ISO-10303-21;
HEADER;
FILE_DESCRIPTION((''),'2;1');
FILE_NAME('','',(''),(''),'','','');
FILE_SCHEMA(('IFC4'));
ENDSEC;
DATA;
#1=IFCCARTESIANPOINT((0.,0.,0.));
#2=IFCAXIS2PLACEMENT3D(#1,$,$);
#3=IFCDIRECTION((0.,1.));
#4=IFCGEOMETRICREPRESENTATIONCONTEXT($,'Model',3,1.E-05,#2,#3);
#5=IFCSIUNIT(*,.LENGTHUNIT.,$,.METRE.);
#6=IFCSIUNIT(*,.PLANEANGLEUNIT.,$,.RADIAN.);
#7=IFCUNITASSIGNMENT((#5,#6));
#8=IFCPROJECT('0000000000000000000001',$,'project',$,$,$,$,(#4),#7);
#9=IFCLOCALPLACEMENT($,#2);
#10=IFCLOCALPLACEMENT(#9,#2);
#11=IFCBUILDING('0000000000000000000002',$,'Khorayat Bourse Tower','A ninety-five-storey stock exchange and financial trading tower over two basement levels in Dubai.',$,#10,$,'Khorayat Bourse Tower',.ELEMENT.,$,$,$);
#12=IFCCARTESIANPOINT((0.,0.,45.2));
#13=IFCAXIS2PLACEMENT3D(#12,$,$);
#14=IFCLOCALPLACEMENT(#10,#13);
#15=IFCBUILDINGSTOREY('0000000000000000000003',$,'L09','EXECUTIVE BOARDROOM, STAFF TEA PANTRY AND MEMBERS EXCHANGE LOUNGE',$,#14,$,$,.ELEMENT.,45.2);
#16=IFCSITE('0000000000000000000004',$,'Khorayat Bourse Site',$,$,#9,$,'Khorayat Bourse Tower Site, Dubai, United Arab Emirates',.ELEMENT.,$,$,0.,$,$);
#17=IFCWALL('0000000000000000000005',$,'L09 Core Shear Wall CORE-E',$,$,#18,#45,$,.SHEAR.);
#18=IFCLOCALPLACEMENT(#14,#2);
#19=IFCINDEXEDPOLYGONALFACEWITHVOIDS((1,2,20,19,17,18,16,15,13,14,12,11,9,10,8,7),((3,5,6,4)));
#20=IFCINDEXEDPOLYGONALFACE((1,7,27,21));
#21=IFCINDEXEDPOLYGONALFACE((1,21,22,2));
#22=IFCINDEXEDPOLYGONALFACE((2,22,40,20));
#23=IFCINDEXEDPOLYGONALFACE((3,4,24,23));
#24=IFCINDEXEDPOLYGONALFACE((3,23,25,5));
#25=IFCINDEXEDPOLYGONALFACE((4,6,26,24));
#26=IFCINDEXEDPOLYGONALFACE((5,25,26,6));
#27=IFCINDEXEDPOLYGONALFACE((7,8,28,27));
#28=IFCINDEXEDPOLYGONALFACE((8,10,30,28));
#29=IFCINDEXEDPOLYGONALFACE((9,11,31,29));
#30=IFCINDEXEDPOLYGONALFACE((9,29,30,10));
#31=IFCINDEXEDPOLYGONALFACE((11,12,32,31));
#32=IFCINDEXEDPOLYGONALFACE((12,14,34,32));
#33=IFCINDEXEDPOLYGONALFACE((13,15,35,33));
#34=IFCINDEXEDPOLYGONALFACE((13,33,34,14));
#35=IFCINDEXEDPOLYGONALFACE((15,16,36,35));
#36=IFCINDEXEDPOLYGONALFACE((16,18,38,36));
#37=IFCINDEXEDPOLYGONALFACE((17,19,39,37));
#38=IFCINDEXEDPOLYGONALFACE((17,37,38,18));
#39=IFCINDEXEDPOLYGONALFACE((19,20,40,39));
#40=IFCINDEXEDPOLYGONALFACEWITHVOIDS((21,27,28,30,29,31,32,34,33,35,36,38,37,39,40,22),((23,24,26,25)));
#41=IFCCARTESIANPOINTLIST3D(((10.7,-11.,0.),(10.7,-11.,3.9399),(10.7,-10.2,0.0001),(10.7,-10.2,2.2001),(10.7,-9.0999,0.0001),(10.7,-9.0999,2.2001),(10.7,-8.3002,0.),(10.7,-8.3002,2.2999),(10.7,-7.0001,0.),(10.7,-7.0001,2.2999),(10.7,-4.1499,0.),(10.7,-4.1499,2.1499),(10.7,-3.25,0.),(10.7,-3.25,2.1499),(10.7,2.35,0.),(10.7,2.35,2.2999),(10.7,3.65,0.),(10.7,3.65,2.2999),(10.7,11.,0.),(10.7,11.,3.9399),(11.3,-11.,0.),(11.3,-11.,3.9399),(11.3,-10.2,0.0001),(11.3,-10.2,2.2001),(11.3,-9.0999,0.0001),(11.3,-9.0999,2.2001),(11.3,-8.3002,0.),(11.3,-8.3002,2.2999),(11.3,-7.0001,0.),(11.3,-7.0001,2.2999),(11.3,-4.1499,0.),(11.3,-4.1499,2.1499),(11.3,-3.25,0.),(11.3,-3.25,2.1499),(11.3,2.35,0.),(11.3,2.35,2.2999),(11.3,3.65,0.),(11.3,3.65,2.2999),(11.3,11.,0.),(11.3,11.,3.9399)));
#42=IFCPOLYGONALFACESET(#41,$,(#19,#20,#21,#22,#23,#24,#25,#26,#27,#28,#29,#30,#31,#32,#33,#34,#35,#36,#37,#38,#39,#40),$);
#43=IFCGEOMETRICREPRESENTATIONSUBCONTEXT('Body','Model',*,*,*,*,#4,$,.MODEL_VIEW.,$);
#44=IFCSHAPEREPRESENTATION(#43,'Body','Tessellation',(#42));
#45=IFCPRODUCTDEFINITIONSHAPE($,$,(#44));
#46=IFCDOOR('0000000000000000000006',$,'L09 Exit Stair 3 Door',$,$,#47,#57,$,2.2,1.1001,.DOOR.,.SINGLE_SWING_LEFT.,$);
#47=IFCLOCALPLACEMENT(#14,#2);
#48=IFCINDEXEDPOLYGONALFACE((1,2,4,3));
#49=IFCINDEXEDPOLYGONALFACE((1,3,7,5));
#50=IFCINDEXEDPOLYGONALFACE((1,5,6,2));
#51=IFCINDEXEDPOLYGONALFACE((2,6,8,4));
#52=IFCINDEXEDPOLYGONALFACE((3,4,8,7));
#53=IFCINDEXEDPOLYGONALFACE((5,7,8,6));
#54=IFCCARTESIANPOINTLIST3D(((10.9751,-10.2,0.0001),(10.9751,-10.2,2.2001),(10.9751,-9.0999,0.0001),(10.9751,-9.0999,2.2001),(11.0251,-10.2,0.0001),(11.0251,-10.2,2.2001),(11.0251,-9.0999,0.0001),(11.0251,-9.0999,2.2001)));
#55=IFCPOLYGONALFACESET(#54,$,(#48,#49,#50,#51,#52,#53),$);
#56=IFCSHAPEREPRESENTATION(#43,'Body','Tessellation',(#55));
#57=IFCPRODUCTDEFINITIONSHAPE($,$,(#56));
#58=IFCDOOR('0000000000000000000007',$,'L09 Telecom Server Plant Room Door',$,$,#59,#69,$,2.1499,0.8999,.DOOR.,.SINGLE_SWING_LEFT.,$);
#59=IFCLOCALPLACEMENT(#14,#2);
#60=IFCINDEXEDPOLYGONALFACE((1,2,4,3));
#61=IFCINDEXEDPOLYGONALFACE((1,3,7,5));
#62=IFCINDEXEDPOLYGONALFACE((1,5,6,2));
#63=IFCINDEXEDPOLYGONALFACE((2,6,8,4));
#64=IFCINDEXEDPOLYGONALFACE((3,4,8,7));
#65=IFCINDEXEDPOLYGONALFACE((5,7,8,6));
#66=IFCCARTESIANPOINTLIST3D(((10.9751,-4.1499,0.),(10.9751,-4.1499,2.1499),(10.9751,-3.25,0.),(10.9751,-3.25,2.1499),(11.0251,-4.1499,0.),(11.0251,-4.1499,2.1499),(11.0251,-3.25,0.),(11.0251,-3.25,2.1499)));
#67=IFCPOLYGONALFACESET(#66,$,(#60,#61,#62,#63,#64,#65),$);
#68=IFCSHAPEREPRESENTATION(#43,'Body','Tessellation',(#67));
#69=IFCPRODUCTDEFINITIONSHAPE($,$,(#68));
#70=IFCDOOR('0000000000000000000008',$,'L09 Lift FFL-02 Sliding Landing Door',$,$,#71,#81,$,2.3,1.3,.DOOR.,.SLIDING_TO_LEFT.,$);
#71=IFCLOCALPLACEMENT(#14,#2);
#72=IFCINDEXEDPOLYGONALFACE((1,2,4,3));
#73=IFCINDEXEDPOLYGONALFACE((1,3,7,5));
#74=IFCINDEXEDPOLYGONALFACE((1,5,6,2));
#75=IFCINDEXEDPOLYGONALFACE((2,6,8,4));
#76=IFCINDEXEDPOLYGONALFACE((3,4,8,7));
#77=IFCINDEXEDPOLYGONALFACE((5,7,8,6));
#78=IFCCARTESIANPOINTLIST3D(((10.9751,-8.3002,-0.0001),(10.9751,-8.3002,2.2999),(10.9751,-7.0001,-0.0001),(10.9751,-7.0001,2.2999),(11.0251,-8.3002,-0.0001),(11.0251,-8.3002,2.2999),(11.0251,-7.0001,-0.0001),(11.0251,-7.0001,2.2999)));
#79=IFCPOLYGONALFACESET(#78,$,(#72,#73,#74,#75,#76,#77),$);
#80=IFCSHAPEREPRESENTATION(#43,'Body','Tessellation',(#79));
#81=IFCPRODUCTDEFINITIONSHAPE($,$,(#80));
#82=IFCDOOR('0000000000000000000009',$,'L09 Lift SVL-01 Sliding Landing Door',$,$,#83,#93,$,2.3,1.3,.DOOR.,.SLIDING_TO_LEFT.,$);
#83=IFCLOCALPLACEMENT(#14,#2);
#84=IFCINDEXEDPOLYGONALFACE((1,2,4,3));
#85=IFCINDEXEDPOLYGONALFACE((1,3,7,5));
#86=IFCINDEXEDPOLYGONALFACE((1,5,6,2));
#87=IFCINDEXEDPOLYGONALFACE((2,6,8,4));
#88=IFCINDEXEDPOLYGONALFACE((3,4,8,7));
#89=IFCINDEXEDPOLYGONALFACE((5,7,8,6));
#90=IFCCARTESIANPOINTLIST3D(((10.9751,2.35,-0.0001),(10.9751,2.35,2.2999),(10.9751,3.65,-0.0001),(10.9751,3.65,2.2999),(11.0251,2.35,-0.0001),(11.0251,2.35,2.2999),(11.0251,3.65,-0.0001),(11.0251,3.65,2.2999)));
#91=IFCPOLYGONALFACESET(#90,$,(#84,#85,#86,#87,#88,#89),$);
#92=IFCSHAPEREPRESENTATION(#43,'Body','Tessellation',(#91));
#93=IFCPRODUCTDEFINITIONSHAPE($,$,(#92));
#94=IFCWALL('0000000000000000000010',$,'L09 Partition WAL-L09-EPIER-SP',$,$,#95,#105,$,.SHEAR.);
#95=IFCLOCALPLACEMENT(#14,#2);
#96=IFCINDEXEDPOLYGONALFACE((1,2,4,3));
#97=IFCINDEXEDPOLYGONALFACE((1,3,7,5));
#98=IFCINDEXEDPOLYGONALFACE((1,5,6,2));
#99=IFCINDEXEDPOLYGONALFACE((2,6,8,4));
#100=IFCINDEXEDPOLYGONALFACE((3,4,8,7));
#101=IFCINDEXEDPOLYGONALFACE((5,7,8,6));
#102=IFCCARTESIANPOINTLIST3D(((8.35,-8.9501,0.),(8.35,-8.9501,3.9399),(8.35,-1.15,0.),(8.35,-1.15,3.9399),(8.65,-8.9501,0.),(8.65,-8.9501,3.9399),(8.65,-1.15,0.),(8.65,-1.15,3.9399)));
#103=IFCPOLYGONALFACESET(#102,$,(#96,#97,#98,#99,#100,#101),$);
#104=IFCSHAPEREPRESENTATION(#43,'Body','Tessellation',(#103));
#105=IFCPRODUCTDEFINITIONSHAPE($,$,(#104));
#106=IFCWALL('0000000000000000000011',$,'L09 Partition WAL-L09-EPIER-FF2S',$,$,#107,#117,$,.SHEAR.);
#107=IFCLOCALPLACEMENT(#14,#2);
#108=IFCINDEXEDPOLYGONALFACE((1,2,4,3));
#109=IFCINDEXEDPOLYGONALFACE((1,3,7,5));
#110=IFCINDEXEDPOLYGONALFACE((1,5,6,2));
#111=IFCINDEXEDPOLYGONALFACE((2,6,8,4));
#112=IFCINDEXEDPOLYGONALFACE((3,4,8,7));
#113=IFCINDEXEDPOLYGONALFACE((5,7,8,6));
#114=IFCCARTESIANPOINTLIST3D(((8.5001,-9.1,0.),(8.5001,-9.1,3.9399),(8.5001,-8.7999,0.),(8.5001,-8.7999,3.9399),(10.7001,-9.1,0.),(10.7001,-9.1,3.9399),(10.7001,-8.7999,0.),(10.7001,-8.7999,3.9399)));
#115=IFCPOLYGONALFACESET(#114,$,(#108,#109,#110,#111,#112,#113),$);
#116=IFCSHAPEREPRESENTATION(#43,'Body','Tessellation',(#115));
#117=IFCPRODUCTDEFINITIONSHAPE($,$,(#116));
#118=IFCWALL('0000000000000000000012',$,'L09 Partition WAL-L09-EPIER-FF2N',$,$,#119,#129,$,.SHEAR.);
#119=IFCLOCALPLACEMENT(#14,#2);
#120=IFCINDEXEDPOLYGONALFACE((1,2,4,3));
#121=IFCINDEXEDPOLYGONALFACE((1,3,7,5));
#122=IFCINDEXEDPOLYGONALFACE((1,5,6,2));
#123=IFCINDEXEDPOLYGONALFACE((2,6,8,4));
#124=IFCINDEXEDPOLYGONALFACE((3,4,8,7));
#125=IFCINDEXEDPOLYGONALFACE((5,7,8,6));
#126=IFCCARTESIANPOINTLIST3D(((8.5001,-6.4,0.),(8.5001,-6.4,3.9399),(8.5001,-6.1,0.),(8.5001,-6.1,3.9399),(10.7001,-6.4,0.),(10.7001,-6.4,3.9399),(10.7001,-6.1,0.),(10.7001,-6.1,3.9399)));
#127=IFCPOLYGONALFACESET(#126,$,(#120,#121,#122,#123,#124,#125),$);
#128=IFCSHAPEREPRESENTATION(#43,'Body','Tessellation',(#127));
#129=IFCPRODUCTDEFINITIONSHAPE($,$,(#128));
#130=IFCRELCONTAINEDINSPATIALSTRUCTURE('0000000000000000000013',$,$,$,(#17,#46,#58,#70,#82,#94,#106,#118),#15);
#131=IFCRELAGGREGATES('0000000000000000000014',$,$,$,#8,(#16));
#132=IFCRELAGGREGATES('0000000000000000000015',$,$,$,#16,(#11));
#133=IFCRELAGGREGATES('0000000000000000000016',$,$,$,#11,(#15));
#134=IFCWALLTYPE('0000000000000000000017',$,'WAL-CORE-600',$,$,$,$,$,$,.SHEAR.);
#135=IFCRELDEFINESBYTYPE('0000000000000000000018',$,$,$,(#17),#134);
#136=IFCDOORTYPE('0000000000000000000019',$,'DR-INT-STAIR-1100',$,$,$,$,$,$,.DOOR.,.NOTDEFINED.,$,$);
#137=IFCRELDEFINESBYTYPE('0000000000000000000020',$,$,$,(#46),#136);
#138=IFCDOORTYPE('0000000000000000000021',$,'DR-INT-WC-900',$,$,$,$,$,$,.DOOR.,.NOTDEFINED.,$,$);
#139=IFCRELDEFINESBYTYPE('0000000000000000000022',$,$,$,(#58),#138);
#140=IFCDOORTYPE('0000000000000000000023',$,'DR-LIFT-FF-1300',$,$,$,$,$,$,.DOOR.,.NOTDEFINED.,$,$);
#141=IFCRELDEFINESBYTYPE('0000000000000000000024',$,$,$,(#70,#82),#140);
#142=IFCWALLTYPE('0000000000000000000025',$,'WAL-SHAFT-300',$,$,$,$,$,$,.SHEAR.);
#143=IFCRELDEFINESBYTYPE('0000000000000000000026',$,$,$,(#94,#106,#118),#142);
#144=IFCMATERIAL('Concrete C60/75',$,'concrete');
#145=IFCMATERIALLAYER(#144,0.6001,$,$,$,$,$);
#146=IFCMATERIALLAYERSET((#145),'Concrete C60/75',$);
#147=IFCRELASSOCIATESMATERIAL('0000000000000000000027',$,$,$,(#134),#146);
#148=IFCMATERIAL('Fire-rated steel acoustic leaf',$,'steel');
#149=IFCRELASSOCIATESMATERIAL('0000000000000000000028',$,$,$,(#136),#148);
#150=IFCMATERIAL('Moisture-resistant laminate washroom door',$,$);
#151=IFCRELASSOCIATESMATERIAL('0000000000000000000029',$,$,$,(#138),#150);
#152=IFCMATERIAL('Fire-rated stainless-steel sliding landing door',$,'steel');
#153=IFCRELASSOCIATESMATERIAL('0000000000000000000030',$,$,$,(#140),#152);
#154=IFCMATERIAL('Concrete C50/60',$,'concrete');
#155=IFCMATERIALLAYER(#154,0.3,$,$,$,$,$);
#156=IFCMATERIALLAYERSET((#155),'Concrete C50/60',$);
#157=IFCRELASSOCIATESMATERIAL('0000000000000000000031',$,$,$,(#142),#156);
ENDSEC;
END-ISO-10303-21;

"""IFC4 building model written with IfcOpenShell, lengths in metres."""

from ifc_helpers import new_model, si_unit, direction, frame, frame_2d, origin, place, context, subcontext, project, spatial, rectangle, extrude, source, transform, mapped, material, layer, layer_set, type_object, element, fill, save


model = new_model("IFC4")

# Units and contexts
model_context = context("Model", 3, precision=1e-05, world=origin(), true_north=direction((0.0, 1.0)))
body_context = subcontext(model_context, "Body", "Model", "MODEL_VIEW")
ifc_project = project(units=[si_unit("LENGTHUNIT", "METRE"), si_unit("PLANEANGLEUNIT", "RADIAN")], contexts=[model_context])

# Site, building, storey
site_placement = place(None, origin())
site = spatial("IfcSite", under=ifc_project, at=site_placement, Name="Khorayat Bourse Site", LongName="Khorayat Bourse Tower Site, Dubai, United Arab Emirates", CompositionType="ELEMENT", RefElevation=0.0)
building_placement = place(site_placement, origin())
building = spatial("IfcBuilding", under=site, at=building_placement, Name="Khorayat Bourse Tower", Description="A ninety-five-storey stock exchange and financial trading tower over two basement levels in Dubai.", LongName="Khorayat Bourse Tower", CompositionType="ELEMENT")
storey_placement = place(building_placement, frame((0.0, 0.0, 45.2)))
storey = spatial("IfcBuildingStorey", under=building, at=storey_placement, Name="L09", Description="EXECUTIVE BOARDROOM, STAFF TEA PANTRY AND MEMBERS EXCHANGE LOUNGE", CompositionType="ELEMENT", Elevation=45.2)

# Wall, openings, doors
ifc_material_1 = material(Name="Concrete C60/75", Category="concrete")
ifc_layer_1 = layer(ifc_material_1, 0.6001)
ifc_layer_set_1 = layer_set([ifc_layer_1], Name="Concrete C60/75")
wall_type_1 = type_object("IfcWallType", Name="WAL-CORE-600", PredefinedType="SHEAR", material=ifc_layer_set_1)
shared_shape_1 = source(origin(), body_context, "Body", "SweptSolid", [
    extrude(rectangle(XDim=22.0, YDim=0.6001, at=frame_2d((11.0, 0.0))), origin(), (0.0, 0.0, 1.0), 3.9399),
])
wall_1_placement = place(storey_placement, frame((11.0, -11.0, 0.0), z_axis=(0.0, 0.0, 1.0), x_axis=(0.0, 1.0, 0.0)))
wall_1 = element("IfcWall", 1, at=wall_1_placement, inside=storey, type_object=wall_type_1, Name="L09 Core Shear Wall CORE-E", PredefinedType="SHEAR", context=body_context, shape_type="MappedRepresentation", body=[
    mapped(shared_shape_1, transform((0.0, 0.0, 0.0), scale=1.0)),
])
shared_shape_2 = source(origin(), body_context, "Body", "SweptSolid", [
    extrude(rectangle(XDim=1.1001, YDim=2.2, at=frame_2d((0.55, 1.1001))), frame((0.0, 0.3101, 0.0), z_axis=(0.0, -1.0, 0.0), x_axis=(1.0, 0.0, 0.0)), (0.0, 0.0, 1.0), 0.6201),
])
opening_1_placement = place(wall_1_placement, frame((0.8, 0.0, 0.0)))
opening_1 = element("IfcOpeningElement", 2, at=opening_1_placement, cuts=wall_1, PredefinedType="OPENING", context=body_context, shape_type="MappedRepresentation", body=[
    mapped(shared_shape_2, transform((0.0, 0.0, 0.0), scale=1.0)),
])
shared_shape_3 = source(origin(), body_context, "Body", "SweptSolid", [
    extrude(rectangle(XDim=0.8999, YDim=2.1499, at=frame_2d((0.45, 1.075))), frame((0.0, 0.3101, 0.0), z_axis=(0.0, -1.0, 0.0), x_axis=(1.0, 0.0, 0.0)), (0.0, 0.0, 1.0), 0.6201),
])
opening_2_placement = place(wall_1_placement, frame((6.8501, 0.0, 0.0)))
opening_2 = element("IfcOpeningElement", 3, at=opening_2_placement, cuts=wall_1, PredefinedType="OPENING", context=body_context, shape_type="MappedRepresentation", body=[
    mapped(shared_shape_3, transform((0.0, 0.0, 0.0), scale=1.0)),
])
shared_shape_4 = source(origin(), body_context, "Body", "SweptSolid", [
    extrude(rectangle(XDim=1.3, YDim=2.3, at=frame_2d((0.6499, 1.1499))), frame((0.0, 0.3101, 0.0), z_axis=(0.0, -1.0, 0.0), x_axis=(1.0, 0.0, 0.0)), (0.0, 0.0, 1.0), 0.6201),
])
opening_3_placement = place(wall_1_placement, frame((2.7, 0.0, 0.0)))
opening_3 = element("IfcOpeningElement", 4, at=opening_3_placement, cuts=wall_1, PredefinedType="OPENING", context=body_context, shape_type="MappedRepresentation", body=[
    mapped(shared_shape_4, transform((0.0, 0.0, 0.0), scale=1.0)),
])
opening_4_placement = place(wall_1_placement, frame((13.3501, 0.0, 0.0)))
opening_4 = element("IfcOpeningElement", 5, at=opening_4_placement, cuts=wall_1, PredefinedType="OPENING", context=body_context, shape_type="MappedRepresentation", body=[
    mapped(shared_shape_4, transform((0.0, 0.0, 0.0), scale=1.0)),
])
ifc_material_2 = material(Name="Fire-rated steel acoustic leaf", Category="steel")
door_type_1 = type_object("IfcDoorType", Name="DR-INT-STAIR-1100", OperationType="NOTDEFINED", PredefinedType="DOOR", material=ifc_material_2)
shared_shape_5 = source(origin(), body_context, "Body", "SweptSolid", [
    extrude(rectangle(XDim=1.1001, YDim=2.2, at=frame_2d((0.55, 1.1001))), frame((0.0, 0.0249, 0.0), z_axis=(0.0, -1.0, 0.0), x_axis=(1.0, 0.0, 0.0)), (0.0, 0.0, 1.0), 0.05),
])
door_1_placement = place(opening_1_placement, origin())
door_1 = element("IfcDoor", 6, at=door_1_placement, inside=storey, type_object=door_type_1, Name="L09 Exit Stair 3 Door", OperationType="SINGLE_SWING_LEFT", OverallHeight=2.2, OverallWidth=1.1001, PredefinedType="DOOR", context=body_context, shape_type="MappedRepresentation", body=[
    mapped(shared_shape_5, transform((0.0, 0.0, 0.0), scale=1.0)),
])
fill(opening_1, door_1)
ifc_material_3 = material(Name="Moisture-resistant laminate washroom door")
door_type_2 = type_object("IfcDoorType", Name="DR-INT-WC-900", OperationType="NOTDEFINED", PredefinedType="DOOR", material=ifc_material_3)
shared_shape_6 = source(origin(), body_context, "Body", "SweptSolid", [
    extrude(rectangle(XDim=0.8999, YDim=2.1499, at=frame_2d((0.45, 1.075))), frame((0.0, 0.0249, 0.0), z_axis=(0.0, -1.0, 0.0), x_axis=(1.0, 0.0, 0.0)), (0.0, 0.0, 1.0), 0.05),
])
door_2_placement = place(opening_2_placement, origin())
door_2 = element("IfcDoor", 7, at=door_2_placement, inside=storey, type_object=door_type_2, Name="L09 Telecom Server Plant Room Door", OperationType="SINGLE_SWING_LEFT", OverallHeight=2.1499, OverallWidth=0.8999, PredefinedType="DOOR", context=body_context, shape_type="MappedRepresentation", body=[
    mapped(shared_shape_6, transform((0.0, 0.0, 0.0), scale=1.0)),
])
fill(opening_2, door_2)
ifc_material_4 = material(Name="Fire-rated stainless-steel sliding landing door", Category="steel")
door_type_3 = type_object("IfcDoorType", Name="DR-LIFT-FF-1300", OperationType="NOTDEFINED", PredefinedType="DOOR", material=ifc_material_4)
shared_shape_7 = source(origin(), body_context, "Body", "SweptSolid", [
    extrude(rectangle(XDim=1.3, YDim=2.3, at=frame_2d((0.6499, 1.1499))), frame((0.0, 0.0249, 0.0), z_axis=(0.0, -1.0, 0.0), x_axis=(1.0, 0.0, 0.0)), (0.0, 0.0, 1.0), 0.05),
])
door_3_placement = place(opening_3_placement, origin())
door_3 = element("IfcDoor", 8, at=door_3_placement, inside=storey, type_object=door_type_3, Name="L09 Lift FFL-02 Sliding Landing Door", OperationType="SLIDING_TO_LEFT", OverallHeight=2.3, OverallWidth=1.3, PredefinedType="DOOR", context=body_context, shape_type="MappedRepresentation", body=[
    mapped(shared_shape_7, transform((0.0, 0.0, 0.0), scale=1.0)),
])
fill(opening_3, door_3)
door_4_placement = place(opening_4_placement, origin())
door_4 = element("IfcDoor", 9, at=door_4_placement, inside=storey, type_object=door_type_3, Name="L09 Lift SVL-01 Sliding Landing Door", OperationType="SLIDING_TO_LEFT", OverallHeight=2.3, OverallWidth=1.3, PredefinedType="DOOR", context=body_context, shape_type="MappedRepresentation", body=[
    mapped(shared_shape_7, transform((0.0, 0.0, 0.0), scale=1.0)),
])
fill(opening_4, door_4)

# Walls
ifc_material_5 = material(Name="Concrete C50/60", Category="concrete")
ifc_layer_2 = layer(ifc_material_5, 0.3)
ifc_layer_set_2 = layer_set([ifc_layer_2], Name="Concrete C50/60")
wall_type_2 = type_object("IfcWallType", Name="WAL-SHAFT-300", PredefinedType="SHEAR", material=ifc_layer_set_2)
shared_shape_8 = source(origin(), body_context, "Body", "SweptSolid", [
    extrude(rectangle(XDim=7.8, YDim=0.3, at=frame_2d((3.8999, 0.0))), origin(), (0.0, 0.0, 1.0), 3.9399),
])
wall_2_placement = place(storey_placement, frame((8.5, -8.95, 0.0), z_axis=(0.0, 0.0, 1.0), x_axis=(0.0, 1.0, 0.0)))
element("IfcWall", 10, at=wall_2_placement, inside=storey, type_object=wall_type_2, Name="L09 Partition WAL-L09-EPIER-SP", PredefinedType="SHEAR", context=body_context, shape_type="MappedRepresentation", body=[
    mapped(shared_shape_8, transform((0.0, 0.0, 0.0), scale=1.0)),
])
shared_shape_9 = source(origin(), body_context, "Body", "SweptSolid", [
    extrude(rectangle(XDim=2.2, YDim=0.3, at=frame_2d((1.1001, 0.0))), origin(), (0.0, 0.0, 1.0), 3.9399),
])
for number, where, z_axis, x_axis, name in (
    (11, (8.5, -8.95, 0.0), (0.0, 0.0, 1.0), (1.0, 0.0, 0.0), "L09 Partition WAL-L09-EPIER-FF2S"),
    (12, (8.5, -6.25, 0.0), (0.0, 0.0, 1.0), (1.0, 0.0, 0.0), "L09 Partition WAL-L09-EPIER-FF2N"),
):
    element("IfcWall", number, at=place(storey_placement, frame(where, z_axis=z_axis, x_axis=x_axis)), inside=storey, type_object=wall_type_2, Name=name, PredefinedType="SHEAR", context=body_context, shape_type="MappedRepresentation", body=[
        mapped(shared_shape_9, transform((0.0, 0.0, 0.0), scale=1.0)),
    ])

save(model, "model.ifc")
